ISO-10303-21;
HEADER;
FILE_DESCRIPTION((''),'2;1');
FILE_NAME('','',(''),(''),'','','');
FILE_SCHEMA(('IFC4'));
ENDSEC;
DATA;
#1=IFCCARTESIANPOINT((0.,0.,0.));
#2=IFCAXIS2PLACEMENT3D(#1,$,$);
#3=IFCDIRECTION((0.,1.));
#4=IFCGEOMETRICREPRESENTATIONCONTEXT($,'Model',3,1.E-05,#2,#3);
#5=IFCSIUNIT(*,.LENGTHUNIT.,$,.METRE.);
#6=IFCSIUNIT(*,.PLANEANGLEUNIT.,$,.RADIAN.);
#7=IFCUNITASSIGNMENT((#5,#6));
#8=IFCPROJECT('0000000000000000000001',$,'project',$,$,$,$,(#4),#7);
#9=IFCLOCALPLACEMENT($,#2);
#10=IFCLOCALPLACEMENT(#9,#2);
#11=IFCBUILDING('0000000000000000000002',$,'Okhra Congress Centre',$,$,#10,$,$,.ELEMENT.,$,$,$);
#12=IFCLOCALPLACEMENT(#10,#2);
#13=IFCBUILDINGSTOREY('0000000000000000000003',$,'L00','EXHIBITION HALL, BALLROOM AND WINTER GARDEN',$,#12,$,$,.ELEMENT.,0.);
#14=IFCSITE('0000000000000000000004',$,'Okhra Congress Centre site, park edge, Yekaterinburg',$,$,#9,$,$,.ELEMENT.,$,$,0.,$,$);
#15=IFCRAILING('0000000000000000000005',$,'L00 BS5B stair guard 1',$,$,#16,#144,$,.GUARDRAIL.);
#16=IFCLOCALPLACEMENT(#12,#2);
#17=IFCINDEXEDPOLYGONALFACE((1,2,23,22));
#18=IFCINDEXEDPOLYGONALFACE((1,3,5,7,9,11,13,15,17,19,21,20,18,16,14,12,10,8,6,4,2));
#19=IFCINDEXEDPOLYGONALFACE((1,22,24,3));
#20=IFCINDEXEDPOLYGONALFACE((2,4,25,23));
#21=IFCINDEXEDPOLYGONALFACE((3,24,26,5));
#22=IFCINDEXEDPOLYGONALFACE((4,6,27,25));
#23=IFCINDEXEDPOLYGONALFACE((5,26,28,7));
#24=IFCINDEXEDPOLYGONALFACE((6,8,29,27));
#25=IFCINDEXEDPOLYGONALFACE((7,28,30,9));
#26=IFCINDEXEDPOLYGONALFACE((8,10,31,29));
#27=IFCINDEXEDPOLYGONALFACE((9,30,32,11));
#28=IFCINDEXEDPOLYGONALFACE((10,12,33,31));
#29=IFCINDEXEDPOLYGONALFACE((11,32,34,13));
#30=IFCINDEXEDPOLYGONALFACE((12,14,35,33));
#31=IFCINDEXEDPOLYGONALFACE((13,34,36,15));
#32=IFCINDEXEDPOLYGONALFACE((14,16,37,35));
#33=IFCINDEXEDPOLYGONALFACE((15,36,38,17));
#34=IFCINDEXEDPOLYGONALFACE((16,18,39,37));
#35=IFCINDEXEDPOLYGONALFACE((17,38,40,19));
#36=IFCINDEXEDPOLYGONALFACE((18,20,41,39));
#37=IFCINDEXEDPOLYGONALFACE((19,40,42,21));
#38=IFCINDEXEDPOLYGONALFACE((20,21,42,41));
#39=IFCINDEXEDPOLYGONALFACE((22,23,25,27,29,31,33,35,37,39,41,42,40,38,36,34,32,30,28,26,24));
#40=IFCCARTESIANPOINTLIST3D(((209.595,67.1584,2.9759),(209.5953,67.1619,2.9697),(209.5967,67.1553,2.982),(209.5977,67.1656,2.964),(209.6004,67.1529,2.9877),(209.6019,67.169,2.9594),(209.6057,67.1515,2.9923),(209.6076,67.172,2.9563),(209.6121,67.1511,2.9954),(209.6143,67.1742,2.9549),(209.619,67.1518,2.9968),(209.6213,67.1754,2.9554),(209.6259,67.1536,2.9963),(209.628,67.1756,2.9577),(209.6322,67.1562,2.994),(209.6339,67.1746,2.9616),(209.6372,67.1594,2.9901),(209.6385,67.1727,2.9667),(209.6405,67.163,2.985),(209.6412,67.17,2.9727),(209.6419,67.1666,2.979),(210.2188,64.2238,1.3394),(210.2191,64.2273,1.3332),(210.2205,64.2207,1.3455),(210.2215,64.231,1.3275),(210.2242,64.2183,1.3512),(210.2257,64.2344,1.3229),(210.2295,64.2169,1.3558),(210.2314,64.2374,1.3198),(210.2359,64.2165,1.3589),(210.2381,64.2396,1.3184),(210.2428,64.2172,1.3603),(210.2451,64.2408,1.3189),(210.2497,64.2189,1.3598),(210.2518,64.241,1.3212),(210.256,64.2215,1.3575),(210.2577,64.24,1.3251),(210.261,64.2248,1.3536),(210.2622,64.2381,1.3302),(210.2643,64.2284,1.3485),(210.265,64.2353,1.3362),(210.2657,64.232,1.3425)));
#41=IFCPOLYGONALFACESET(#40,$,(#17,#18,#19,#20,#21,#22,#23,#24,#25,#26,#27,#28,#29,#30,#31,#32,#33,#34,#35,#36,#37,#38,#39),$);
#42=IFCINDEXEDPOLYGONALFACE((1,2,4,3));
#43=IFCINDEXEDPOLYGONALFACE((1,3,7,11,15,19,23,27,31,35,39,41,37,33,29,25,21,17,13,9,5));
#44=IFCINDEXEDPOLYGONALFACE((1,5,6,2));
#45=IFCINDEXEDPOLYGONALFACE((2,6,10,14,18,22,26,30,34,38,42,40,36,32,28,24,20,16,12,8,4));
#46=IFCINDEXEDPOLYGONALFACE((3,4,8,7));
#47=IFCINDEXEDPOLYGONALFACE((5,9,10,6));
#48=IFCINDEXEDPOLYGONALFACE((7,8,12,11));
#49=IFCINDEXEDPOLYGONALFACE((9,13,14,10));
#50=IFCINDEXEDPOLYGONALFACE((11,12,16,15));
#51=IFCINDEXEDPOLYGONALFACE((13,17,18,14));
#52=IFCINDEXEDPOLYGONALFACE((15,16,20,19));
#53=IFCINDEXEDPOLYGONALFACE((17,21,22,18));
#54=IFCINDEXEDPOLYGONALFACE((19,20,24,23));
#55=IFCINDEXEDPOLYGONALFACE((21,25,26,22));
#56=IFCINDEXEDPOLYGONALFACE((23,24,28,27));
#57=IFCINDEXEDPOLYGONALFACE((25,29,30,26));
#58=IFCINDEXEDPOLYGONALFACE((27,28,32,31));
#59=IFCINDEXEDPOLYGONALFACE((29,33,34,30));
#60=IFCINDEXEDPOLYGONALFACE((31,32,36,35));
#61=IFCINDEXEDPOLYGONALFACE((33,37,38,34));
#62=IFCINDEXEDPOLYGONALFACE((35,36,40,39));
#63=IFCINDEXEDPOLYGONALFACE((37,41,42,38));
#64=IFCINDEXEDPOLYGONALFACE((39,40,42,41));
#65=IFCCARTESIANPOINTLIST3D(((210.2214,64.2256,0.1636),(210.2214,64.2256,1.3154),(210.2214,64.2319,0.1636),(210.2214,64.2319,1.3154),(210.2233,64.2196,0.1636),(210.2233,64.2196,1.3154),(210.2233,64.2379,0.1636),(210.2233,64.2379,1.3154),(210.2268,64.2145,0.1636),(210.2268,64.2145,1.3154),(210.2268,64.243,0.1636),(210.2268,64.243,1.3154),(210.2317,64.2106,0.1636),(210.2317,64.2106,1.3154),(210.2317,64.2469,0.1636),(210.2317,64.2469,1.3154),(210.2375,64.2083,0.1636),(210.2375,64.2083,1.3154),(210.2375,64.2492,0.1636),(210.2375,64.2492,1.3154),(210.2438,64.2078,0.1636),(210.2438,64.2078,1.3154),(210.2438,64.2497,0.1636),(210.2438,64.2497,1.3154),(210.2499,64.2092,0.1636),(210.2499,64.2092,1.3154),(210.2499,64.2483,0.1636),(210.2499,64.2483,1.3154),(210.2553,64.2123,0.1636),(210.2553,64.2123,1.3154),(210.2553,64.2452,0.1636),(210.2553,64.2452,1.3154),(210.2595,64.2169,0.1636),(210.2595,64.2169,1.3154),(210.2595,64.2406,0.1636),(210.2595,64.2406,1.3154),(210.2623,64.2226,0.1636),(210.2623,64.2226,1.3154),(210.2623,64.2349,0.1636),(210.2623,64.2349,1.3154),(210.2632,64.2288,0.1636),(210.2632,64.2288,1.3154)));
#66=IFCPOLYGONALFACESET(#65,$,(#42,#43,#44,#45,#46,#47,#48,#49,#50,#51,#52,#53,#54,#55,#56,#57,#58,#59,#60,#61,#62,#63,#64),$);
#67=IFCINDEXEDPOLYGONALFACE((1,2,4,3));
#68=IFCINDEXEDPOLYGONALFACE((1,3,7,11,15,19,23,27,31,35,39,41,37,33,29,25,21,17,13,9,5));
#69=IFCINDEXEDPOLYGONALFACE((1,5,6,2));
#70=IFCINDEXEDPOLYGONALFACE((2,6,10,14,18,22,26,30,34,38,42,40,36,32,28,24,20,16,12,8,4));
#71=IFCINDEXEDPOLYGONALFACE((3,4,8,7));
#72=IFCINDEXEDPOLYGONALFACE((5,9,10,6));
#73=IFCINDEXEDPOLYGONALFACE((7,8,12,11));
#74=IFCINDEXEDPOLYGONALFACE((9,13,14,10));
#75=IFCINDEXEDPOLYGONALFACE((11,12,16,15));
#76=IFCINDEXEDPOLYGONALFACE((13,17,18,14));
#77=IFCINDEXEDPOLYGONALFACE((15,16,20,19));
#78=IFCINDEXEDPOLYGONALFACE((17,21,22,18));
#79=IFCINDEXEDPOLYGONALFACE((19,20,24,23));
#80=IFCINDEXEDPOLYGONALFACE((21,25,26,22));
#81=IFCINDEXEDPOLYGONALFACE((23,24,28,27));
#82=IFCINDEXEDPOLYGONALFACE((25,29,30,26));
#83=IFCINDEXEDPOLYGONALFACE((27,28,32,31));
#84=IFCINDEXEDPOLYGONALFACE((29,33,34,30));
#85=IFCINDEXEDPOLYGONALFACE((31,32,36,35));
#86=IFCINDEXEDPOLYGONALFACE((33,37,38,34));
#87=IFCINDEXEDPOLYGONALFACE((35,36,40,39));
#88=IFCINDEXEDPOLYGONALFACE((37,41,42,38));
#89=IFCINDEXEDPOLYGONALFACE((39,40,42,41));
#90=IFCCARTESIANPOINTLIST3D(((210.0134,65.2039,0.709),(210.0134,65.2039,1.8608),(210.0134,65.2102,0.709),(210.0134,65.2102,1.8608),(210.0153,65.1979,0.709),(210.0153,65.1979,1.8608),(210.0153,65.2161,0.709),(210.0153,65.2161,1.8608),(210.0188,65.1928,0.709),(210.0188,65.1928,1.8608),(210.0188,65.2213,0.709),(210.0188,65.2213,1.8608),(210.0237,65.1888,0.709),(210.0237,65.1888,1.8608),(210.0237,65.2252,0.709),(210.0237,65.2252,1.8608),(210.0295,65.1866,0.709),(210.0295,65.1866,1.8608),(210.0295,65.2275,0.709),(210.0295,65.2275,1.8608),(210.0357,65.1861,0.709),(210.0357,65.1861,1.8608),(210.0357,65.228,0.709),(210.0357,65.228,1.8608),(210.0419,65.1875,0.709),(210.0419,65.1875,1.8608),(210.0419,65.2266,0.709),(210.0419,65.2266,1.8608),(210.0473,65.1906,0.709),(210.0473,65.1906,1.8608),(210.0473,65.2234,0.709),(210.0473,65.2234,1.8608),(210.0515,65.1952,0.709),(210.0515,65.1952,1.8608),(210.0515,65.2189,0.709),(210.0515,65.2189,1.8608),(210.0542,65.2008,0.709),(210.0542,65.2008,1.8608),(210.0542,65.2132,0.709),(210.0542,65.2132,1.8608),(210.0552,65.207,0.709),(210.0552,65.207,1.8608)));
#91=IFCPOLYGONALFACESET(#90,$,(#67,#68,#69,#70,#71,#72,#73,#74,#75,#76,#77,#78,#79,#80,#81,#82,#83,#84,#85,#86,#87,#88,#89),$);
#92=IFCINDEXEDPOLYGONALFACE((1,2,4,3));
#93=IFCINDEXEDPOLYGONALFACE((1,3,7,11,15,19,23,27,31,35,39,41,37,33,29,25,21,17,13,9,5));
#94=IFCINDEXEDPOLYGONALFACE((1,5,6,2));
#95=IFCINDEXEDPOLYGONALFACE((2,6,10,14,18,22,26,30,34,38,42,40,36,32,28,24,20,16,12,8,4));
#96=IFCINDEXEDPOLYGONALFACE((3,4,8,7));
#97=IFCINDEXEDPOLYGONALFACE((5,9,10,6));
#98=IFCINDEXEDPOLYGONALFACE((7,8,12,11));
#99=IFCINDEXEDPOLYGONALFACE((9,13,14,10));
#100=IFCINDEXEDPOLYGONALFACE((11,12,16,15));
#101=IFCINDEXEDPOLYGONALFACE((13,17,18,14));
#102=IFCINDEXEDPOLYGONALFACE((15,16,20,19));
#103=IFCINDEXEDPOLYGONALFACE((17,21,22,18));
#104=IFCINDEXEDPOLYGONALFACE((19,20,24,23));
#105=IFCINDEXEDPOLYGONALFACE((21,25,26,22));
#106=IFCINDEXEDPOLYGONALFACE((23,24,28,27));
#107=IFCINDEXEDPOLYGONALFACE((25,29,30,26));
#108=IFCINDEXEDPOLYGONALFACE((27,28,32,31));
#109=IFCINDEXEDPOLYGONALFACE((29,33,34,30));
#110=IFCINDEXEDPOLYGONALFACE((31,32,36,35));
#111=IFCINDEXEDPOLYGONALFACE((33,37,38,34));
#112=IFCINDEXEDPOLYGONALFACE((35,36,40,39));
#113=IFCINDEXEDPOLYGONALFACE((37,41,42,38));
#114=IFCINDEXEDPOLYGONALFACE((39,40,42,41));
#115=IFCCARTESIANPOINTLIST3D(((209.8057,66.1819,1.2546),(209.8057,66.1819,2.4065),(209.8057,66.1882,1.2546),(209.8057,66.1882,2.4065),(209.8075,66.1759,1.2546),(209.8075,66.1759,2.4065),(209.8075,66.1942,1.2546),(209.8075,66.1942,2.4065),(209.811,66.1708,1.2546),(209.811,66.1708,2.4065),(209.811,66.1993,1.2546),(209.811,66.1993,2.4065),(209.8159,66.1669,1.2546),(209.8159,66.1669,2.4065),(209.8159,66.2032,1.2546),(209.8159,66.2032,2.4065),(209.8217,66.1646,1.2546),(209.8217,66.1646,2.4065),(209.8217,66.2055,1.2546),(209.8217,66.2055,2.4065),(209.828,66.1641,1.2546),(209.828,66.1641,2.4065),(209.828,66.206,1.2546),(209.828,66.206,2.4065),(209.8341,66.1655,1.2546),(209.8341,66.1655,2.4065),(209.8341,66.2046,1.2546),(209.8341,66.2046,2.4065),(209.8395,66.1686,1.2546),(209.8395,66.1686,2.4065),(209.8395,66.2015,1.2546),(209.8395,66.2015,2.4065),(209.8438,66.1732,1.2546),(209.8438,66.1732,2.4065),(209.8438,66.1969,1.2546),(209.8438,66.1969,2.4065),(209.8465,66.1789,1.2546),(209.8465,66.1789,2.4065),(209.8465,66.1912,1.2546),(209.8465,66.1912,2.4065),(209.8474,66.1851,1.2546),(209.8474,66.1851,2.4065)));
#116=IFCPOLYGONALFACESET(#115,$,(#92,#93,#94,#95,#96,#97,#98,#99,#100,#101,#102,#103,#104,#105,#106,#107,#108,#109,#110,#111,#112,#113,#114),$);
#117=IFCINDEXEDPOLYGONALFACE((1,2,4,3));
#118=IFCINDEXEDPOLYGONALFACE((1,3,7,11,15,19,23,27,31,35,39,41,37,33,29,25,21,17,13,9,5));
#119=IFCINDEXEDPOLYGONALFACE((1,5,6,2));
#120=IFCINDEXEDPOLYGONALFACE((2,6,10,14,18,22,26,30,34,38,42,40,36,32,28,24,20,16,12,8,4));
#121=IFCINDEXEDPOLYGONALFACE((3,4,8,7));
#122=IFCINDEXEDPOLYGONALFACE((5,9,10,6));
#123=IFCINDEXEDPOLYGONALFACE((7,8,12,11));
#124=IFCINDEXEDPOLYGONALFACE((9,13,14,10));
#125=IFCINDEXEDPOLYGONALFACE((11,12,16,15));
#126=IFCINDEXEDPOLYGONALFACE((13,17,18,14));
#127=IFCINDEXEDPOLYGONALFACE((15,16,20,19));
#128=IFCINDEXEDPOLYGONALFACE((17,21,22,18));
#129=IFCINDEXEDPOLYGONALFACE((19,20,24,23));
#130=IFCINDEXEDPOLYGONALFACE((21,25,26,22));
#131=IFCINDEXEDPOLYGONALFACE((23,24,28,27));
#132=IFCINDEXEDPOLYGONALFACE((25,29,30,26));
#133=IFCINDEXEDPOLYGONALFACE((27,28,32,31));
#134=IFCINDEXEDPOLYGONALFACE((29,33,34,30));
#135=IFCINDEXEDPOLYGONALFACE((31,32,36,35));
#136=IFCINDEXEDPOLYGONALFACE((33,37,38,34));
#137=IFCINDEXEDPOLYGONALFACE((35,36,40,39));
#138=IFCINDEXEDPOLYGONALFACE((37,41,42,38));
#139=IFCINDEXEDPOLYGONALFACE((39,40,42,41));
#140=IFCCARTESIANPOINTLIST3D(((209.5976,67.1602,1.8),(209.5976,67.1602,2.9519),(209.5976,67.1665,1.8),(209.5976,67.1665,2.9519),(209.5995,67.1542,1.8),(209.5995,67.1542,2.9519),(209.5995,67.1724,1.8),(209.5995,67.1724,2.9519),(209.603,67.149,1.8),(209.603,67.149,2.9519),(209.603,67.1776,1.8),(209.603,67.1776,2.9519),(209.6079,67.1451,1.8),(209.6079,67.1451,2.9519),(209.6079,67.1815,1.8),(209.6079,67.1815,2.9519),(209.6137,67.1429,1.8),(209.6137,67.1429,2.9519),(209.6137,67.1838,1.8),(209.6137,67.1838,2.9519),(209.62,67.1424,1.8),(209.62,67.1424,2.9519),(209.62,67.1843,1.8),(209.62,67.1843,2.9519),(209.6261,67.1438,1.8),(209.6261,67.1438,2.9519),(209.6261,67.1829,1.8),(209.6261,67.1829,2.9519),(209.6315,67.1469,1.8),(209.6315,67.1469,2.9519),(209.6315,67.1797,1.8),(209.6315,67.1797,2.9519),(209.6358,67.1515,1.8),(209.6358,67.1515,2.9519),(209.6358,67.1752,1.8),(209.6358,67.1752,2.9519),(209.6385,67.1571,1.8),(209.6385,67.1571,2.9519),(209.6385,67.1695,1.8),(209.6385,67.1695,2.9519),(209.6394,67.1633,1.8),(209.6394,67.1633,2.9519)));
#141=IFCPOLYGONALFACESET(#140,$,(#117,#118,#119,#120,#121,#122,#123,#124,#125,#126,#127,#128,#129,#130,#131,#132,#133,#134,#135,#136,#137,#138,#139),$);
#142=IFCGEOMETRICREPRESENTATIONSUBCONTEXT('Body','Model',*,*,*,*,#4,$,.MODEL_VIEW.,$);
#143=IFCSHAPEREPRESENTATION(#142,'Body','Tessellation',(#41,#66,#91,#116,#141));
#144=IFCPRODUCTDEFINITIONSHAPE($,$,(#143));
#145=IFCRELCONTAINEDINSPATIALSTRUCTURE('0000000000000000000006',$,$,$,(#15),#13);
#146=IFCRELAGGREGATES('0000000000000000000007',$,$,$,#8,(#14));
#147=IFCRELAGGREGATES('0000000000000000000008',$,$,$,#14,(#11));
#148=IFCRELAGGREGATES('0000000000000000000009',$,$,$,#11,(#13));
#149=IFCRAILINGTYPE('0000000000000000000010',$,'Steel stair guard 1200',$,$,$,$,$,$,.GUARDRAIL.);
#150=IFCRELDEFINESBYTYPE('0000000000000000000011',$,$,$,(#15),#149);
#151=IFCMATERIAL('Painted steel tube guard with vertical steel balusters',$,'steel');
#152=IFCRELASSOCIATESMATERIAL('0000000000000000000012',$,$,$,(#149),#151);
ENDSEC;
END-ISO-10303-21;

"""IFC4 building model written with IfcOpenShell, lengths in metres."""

from ifc_helpers import new_model, si_unit, direction, frame, origin, origin_2d, place, context, subcontext, project, spatial, circle, extrude, material, type_object, element, save


model = new_model("IFC4")

# Units and contexts
model_context = context("Model", 3, precision=1e-05, world=origin(), true_north=direction((0.0, 1.0)))
body_context = subcontext(model_context, "Body", "Model", "MODEL_VIEW")
ifc_project = project(units=[si_unit("LENGTHUNIT", "METRE"), si_unit("PLANEANGLEUNIT", "RADIAN")], contexts=[model_context])

# Site, building, storey
site_placement = place(None, origin())
site = spatial("IfcSite", under=ifc_project, at=site_placement, Name="Okhra Congress Centre site, park edge, Yekaterinburg", CompositionType="ELEMENT", RefElevation=0.0)
building_placement = place(site_placement, origin())
building = spatial("IfcBuilding", under=site, at=building_placement, Name="Okhra Congress Centre", CompositionType="ELEMENT")
storey_placement = place(building_placement, origin())
storey = spatial("IfcBuildingStorey", under=building, at=storey_placement, Name="L00", Description="EXHIBITION HALL, BALLROOM AND WINTER GARDEN", CompositionType="ELEMENT", Elevation=0.0)

# Railing
ifc_material_1 = material(Name="Painted steel tube guard with vertical steel balusters", Category="steel")
railing_type_1 = type_object("IfcRailingType", Name="Steel stair guard 1200", PredefinedType="GUARDRAIL", material=ifc_material_1)
railing_1_placement = place(storey_placement, frame((210.2422, 64.2288, 0.1636)))
element("IfcRailing", 1, at=railing_1_placement, inside=storey, type_object=railing_type_1, Name="L00 BS5B stair guard 1", PredefinedType="GUARDRAIL", context=body_context, shape_type="SweptSolid", body=[
    extrude(circle(Radius=0.0239, at=origin_2d()), frame((0.0, 0.0, 1.1758), z_axis=(-0.182529, 0.858706, 0.478861), x_axis=(-0.978146, -0.207917, 0.0)), (0.0, 0.0, 1.0), 3.4175),
    extrude(circle(Radius=0.021, at=origin_2d()), origin(), (0.0, 0.0, 1.0), 1.1519),
    extrude(circle(Radius=0.021, at=origin_2d()), frame((-0.208, 0.9783, 0.5454)), (0.0, 0.0, 1.0), 1.1519),
    extrude(circle(Radius=0.021, at=origin_2d()), frame((-0.4158, 1.9563, 1.0911)), (0.0, 0.0, 1.0), 1.1519),
    extrude(circle(Radius=0.021, at=origin_2d()), frame((-0.6238, 2.9346, 1.6365)), (0.0, 0.0, 1.0), 1.1519),
])

save(model, "model.ifc")
